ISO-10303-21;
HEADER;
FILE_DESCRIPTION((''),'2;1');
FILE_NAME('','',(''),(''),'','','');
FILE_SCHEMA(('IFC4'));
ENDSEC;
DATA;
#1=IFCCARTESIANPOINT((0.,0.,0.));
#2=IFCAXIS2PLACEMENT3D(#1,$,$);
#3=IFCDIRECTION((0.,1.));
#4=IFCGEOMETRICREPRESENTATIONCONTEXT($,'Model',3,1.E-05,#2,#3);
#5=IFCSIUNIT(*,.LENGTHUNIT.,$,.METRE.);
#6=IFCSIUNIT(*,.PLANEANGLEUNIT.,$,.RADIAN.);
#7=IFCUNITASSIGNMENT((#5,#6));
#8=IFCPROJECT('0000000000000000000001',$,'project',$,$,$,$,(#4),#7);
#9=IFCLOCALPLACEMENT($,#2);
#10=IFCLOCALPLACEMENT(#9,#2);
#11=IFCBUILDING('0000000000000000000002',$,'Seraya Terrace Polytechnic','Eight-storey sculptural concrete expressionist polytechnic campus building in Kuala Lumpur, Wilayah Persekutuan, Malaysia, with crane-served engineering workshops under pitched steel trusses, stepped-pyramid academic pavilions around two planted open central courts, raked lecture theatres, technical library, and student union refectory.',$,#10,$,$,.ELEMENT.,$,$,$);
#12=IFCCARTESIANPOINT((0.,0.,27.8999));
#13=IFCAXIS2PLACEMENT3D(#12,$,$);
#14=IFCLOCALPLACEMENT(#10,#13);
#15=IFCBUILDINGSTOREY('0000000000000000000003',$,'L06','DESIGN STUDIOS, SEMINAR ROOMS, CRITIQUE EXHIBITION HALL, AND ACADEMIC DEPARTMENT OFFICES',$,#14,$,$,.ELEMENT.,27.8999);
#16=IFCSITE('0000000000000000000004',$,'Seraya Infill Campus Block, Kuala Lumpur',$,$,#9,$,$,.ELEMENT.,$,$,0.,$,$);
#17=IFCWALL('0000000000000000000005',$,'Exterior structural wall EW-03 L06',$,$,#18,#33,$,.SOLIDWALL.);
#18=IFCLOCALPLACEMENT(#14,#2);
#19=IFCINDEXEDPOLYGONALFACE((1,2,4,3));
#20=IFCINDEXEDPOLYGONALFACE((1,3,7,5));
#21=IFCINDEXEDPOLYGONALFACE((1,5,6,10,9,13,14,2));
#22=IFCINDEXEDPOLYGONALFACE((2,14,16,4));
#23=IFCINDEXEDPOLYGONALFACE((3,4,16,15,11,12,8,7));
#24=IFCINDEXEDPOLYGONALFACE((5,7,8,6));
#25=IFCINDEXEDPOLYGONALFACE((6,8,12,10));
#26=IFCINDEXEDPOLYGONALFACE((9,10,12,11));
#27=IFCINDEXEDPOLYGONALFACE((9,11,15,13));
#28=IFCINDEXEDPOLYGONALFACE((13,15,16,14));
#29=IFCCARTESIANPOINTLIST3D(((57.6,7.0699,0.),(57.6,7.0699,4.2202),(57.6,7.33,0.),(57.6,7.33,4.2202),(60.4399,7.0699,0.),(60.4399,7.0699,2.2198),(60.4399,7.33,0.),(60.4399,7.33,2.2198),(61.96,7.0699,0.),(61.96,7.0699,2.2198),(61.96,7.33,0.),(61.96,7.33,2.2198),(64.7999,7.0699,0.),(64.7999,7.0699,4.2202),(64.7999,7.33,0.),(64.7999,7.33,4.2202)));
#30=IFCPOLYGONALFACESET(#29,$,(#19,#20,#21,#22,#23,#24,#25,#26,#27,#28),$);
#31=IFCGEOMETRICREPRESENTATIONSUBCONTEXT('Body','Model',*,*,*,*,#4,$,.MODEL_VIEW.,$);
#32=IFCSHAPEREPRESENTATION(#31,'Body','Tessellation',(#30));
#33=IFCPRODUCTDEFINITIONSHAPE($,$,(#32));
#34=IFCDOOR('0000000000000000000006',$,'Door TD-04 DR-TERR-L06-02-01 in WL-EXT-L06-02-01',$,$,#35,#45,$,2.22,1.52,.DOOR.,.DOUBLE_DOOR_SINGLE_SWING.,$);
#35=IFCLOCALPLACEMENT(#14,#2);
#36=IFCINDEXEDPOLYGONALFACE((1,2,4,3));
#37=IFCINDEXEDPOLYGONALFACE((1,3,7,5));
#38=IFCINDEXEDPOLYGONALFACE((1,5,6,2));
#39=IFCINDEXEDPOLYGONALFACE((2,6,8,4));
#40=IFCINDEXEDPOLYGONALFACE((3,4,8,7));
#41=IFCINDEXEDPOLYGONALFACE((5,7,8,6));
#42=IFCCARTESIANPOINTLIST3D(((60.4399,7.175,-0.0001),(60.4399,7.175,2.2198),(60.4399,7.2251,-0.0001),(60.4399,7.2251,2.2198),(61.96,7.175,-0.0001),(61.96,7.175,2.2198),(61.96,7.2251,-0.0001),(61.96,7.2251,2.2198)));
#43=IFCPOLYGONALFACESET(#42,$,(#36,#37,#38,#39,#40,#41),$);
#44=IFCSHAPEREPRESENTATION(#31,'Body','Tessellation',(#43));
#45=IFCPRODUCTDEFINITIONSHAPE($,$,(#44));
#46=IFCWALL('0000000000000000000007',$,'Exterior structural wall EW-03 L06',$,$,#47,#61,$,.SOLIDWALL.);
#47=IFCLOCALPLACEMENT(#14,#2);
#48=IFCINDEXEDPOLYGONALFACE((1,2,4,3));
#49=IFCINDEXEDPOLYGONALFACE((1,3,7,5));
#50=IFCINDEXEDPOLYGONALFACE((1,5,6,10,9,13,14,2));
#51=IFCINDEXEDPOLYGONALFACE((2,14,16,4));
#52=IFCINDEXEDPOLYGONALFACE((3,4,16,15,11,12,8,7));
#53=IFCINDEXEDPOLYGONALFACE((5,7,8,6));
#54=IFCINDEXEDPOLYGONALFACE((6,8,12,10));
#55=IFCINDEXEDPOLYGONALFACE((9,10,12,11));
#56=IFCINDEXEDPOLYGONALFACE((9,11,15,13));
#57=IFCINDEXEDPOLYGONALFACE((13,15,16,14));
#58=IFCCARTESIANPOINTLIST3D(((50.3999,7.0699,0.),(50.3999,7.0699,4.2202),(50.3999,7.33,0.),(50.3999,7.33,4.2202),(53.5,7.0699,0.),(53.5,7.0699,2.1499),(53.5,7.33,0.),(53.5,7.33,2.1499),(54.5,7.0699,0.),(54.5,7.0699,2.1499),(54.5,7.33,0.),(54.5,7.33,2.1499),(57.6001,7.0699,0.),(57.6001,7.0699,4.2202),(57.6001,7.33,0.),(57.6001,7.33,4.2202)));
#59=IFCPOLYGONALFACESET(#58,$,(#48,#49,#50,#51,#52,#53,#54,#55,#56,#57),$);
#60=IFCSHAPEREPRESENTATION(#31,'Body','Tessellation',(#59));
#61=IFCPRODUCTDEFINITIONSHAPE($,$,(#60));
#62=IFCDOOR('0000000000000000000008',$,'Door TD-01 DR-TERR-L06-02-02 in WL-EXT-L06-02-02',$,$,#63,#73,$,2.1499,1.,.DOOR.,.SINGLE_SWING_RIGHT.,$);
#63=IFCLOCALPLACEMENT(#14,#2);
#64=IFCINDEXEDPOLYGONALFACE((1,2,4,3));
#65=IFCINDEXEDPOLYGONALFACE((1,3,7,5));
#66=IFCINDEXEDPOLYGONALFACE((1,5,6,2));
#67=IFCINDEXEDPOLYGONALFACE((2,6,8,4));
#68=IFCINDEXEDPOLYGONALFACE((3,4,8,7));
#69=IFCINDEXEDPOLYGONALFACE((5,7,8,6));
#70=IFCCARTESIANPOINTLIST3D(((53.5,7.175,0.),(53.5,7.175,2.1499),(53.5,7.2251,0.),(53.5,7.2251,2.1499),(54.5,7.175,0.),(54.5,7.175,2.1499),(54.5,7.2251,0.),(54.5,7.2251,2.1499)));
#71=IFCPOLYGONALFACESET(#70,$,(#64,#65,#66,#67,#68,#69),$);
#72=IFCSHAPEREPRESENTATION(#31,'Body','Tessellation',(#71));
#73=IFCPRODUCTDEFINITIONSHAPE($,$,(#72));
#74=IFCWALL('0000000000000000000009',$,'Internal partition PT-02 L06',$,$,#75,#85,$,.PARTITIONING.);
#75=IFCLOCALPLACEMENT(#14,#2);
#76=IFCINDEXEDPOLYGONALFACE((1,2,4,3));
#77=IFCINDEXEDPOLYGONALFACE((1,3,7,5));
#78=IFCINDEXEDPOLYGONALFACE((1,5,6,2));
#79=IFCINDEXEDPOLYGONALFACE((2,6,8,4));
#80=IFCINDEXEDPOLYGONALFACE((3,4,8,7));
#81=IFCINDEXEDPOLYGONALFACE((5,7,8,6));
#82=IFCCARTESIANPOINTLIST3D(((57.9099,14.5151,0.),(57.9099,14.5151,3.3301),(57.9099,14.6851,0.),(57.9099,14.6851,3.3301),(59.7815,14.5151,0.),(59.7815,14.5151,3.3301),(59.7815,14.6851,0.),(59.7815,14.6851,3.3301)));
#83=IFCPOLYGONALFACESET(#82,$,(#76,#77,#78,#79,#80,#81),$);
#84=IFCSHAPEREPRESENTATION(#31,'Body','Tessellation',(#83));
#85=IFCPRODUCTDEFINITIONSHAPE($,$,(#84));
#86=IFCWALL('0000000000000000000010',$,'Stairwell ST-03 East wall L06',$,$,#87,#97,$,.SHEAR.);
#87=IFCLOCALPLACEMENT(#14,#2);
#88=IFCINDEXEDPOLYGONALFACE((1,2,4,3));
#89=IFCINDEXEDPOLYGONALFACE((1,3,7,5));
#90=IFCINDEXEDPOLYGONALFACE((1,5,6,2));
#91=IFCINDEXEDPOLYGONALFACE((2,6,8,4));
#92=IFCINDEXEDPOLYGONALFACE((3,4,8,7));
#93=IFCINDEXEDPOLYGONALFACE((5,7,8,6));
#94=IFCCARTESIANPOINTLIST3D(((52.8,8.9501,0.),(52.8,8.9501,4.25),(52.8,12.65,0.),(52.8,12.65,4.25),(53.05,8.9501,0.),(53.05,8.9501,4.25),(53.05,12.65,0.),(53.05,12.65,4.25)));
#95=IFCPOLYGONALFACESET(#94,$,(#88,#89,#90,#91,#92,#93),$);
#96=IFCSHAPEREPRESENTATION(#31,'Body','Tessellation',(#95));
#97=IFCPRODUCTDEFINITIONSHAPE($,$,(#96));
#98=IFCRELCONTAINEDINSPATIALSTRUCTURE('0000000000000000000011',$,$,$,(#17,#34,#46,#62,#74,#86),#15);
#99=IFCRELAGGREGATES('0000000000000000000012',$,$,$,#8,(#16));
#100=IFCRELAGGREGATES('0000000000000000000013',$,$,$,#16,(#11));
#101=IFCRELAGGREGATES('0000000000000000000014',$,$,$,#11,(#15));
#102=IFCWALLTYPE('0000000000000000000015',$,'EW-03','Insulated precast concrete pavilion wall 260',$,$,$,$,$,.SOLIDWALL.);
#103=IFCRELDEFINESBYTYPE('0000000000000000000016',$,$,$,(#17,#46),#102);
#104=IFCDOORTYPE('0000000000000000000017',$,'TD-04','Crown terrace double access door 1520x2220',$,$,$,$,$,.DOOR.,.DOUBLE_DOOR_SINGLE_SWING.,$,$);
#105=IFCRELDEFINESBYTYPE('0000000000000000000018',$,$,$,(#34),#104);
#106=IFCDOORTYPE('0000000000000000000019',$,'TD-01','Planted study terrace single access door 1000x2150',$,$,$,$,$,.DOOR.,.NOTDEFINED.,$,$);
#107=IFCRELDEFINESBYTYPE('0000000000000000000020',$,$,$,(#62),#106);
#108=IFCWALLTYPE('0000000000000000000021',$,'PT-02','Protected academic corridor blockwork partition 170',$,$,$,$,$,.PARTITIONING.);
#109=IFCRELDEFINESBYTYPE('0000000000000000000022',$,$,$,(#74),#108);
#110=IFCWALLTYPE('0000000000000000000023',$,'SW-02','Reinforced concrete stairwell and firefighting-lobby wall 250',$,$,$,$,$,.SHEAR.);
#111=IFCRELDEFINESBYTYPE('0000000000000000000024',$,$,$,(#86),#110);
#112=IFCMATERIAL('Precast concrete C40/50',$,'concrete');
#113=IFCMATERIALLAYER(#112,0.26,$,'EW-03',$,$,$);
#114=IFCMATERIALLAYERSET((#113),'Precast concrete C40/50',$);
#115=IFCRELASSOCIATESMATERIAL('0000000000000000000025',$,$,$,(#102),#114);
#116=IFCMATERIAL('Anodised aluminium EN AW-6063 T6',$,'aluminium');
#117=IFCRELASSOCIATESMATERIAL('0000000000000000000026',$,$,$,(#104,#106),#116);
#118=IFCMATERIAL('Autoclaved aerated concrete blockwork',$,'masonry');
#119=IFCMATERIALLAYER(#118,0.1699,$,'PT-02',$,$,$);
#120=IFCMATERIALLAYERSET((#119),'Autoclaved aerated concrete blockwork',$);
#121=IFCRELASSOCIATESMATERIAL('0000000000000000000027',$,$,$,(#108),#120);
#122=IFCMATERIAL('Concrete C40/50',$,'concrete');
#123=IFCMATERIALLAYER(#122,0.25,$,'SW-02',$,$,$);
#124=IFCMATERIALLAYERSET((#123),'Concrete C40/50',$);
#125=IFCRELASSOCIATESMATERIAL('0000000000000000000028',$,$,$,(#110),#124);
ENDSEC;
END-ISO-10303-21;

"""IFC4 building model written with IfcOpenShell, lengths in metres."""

from ifc_helpers import new_model, si_unit, direction, frame, frame_2d, origin, place, context, subcontext, project, spatial, rectangle, extrude, material, layer, layer_set, type_object, element, fill, save


model = new_model("IFC4")

# Units and contexts
model_context = context("Model", 3, precision=1e-05, world=origin(), true_north=direction((0.0, 1.0)))
body_context = subcontext(model_context, "Body", "Model", "MODEL_VIEW")
ifc_project = project(units=[si_unit("LENGTHUNIT", "METRE"), si_unit("PLANEANGLEUNIT", "RADIAN")], contexts=[model_context])

# Site, building, storey
site_placement = place(None, origin())
site = spatial("IfcSite", under=ifc_project, at=site_placement, Name="Seraya Infill Campus Block, Kuala Lumpur", CompositionType="ELEMENT", RefElevation=0.0)
building_placement = place(site_placement, origin())
building = spatial("IfcBuilding", under=site, at=building_placement, Name="Seraya Terrace Polytechnic", Description="Eight-storey sculptural concrete expressionist polytechnic campus building in Kuala Lumpur, Wilayah Persekutuan, Malaysia, with crane-served engineering workshops under pitched steel trusses, stepped-pyramid academic pavilions around two planted open central courts, raked lecture theatres, technical library, and student union refectory.", CompositionType="ELEMENT")
storey_placement = place(building_placement, frame((0.0, 0.0, 27.8999)))
storey = spatial("IfcBuildingStorey", under=building, at=storey_placement, Name="L06", Description="DESIGN STUDIOS, SEMINAR ROOMS, CRITIQUE EXHIBITION HALL, AND ACADEMIC DEPARTMENT OFFICES", CompositionType="ELEMENT", Elevation=27.8999)

# Shared definitions
ifc_material_1 = material(Name="Concrete C40/50", Category="concrete")

# Walls, openings, doors
ifc_material_2 = material(Name="Precast concrete C40/50", Category="concrete")
ifc_layer_1 = layer(ifc_material_2, 0.26, Name="EW-03")
ifc_layer_set_1 = layer_set([ifc_layer_1], Name="Precast concrete C40/50")
wall_type_1 = type_object("IfcWallType", Name="EW-03", Description="Insulated precast concrete pavilion wall 260", PredefinedType="SOLIDWALL", material=ifc_layer_set_1)
wall_1_placement = place(storey_placement, frame((64.8, 7.2, 0.0), z_axis=(0.0, 0.0, 1.0), x_axis=(-1.0, 0.0, 0.0)))
wall_1 = element("IfcWall", 1, at=wall_1_placement, inside=storey, type_object=wall_type_1, Name="Exterior structural wall EW-03 L06", PredefinedType="SOLIDWALL", context=body_context, shape_type="SweptSolid", body=[
    extrude(rectangle(XDim=7.2, YDim=0.26, at=frame_2d((3.6001, 0.0))), origin(), (0.0, 0.0, 1.0), 4.2202),
])
opening_1_placement = place(wall_1_placement, frame((2.8401, 0.0, 0.0)))
opening_1 = element("IfcOpeningElement", 2, at=opening_1_placement, cuts=wall_1, PredefinedType="OPENING", context=body_context, shape_type="SweptSolid", body=[
    extrude(rectangle(XDim=1.52, YDim=2.22, at=frame_2d((0.76, 1.1099))), frame((0.0, 0.1421, 0.0), z_axis=(0.0, -1.0, 0.0), x_axis=(1.0, 0.0, 0.0)), (0.0, 0.0, 1.0), 0.2839),
])
ifc_material_3 = material(Name="Anodised aluminium EN AW-6063 T6", Category="aluminium")
door_type_1 = type_object("IfcDoorType", Name="TD-04", Description="Crown terrace double access door 1520x2220", OperationType="DOUBLE_DOOR_SINGLE_SWING", PredefinedType="DOOR", material=ifc_material_3)
door_1_placement = place(opening_1_placement, origin())
door_1 = element("IfcDoor", 3, at=door_1_placement, inside=storey, type_object=door_type_1, Name="Door TD-04 DR-TERR-L06-02-01 in WL-EXT-L06-02-01", OperationType="DOUBLE_DOOR_SINGLE_SWING", OverallHeight=2.22, OverallWidth=1.52, PredefinedType="DOOR", context=body_context, shape_type="SweptSolid", body=[
    extrude(rectangle(XDim=1.52, YDim=2.22, at=frame_2d((0.76, 1.1099))), frame((0.0, 0.0249, 0.0), z_axis=(0.0, -1.0, 0.0), x_axis=(1.0, 0.0, 0.0)), (0.0, 0.0, 1.0), 0.05),
])
fill(opening_1, door_1)
wall_2_placement = place(storey_placement, frame((57.6001, 7.2, 0.0), z_axis=(0.0, 0.0, 1.0), x_axis=(-1.0, 0.0, 0.0)))
wall_2 = element("IfcWall", 4, at=wall_2_placement, inside=storey, type_object=wall_type_1, Name="Exterior structural wall EW-03 L06", PredefinedType="SOLIDWALL", context=body_context, shape_type="SweptSolid", body=[
    extrude(rectangle(XDim=7.2002, YDim=0.26, at=frame_2d((3.6001, 0.0))), origin(), (0.0, 0.0, 1.0), 4.2202),
])
opening_2_placement = place(wall_2_placement, frame((3.1001, 0.0, 0.0)))
opening_2 = element("IfcOpeningElement", 5, at=opening_2_placement, cuts=wall_2, PredefinedType="OPENING", context=body_context, shape_type="SweptSolid", body=[
    extrude(rectangle(XDim=1.0, YDim=2.1499, at=frame_2d((0.5, 1.075))), frame((0.0, 0.1421, 0.0), z_axis=(0.0, -1.0, 0.0), x_axis=(1.0, 0.0, 0.0)), (0.0, 0.0, 1.0), 0.2839),
])
door_type_2 = type_object("IfcDoorType", Name="TD-01", Description="Planted study terrace single access door 1000x2150", OperationType="NOTDEFINED", PredefinedType="DOOR", material=ifc_material_3)
door_2_placement = place(opening_2_placement, origin())
door_2 = element("IfcDoor", 6, at=door_2_placement, inside=storey, type_object=door_type_2, Name="Door TD-01 DR-TERR-L06-02-02 in WL-EXT-L06-02-02", OperationType="SINGLE_SWING_RIGHT", OverallHeight=2.1499, OverallWidth=1.0, PredefinedType="DOOR", context=body_context, shape_type="SweptSolid", body=[
    extrude(rectangle(XDim=1.0, YDim=2.1499, at=frame_2d((0.5, 1.075))), frame((0.0, 0.0249, 0.0), z_axis=(0.0, -1.0, 0.0), x_axis=(1.0, 0.0, 0.0)), (0.0, 0.0, 1.0), 0.05),
])
fill(opening_2, door_2)

# Walls
ifc_material_4 = material(Name="Autoclaved aerated concrete blockwork", Category="masonry")
ifc_layer_2 = layer(ifc_material_4, 0.1699, Name="PT-02")
ifc_layer_set_2 = layer_set([ifc_layer_2], Name="Autoclaved aerated concrete blockwork")
wall_type_2 = type_object("IfcWallType", Name="PT-02", Description="Protected academic corridor blockwork partition 170", PredefinedType="PARTITIONING", material=ifc_layer_set_2)
wall_3_placement = place(storey_placement, frame((57.9099, 14.6001, 0.0), z_axis=(0.0, 0.0, 1.0), x_axis=(1.0, 0.0, 0.0)))
element("IfcWall", 7, at=wall_3_placement, inside=storey, type_object=wall_type_2, Name="Internal partition PT-02 L06", PredefinedType="PARTITIONING", context=body_context, shape_type="SweptSolid", body=[
    extrude(rectangle(XDim=1.8716, YDim=0.1699, at=frame_2d((0.9358, 0.0))), origin(), (0.0, 0.0, 1.0), 3.3301),
])
ifc_layer_3 = layer(ifc_material_1, 0.25, Name="SW-02")
ifc_layer_set_3 = layer_set([ifc_layer_3], Name="Concrete C40/50")
wall_type_3 = type_object("IfcWallType", Name="SW-02", Description="Reinforced concrete stairwell and firefighting-lobby wall 250", PredefinedType="SHEAR", material=ifc_layer_set_3)
wall_4_placement = place(storey_placement, frame((52.925, 8.95, 0.0), z_axis=(0.0, 0.0, 1.0), x_axis=(0.0, 1.0, 0.0)))
element("IfcWall", 8, at=wall_4_placement, inside=storey, type_object=wall_type_3, Name="Stairwell ST-03 East wall L06", PredefinedType="SHEAR", context=body_context, shape_type="SweptSolid", body=[
    extrude(rectangle(XDim=3.7, YDim=0.25, at=frame_2d((1.8501, 0.0))), origin(), (0.0, 0.0, 1.0), 4.25),
])

save(model, "model.ifc")
